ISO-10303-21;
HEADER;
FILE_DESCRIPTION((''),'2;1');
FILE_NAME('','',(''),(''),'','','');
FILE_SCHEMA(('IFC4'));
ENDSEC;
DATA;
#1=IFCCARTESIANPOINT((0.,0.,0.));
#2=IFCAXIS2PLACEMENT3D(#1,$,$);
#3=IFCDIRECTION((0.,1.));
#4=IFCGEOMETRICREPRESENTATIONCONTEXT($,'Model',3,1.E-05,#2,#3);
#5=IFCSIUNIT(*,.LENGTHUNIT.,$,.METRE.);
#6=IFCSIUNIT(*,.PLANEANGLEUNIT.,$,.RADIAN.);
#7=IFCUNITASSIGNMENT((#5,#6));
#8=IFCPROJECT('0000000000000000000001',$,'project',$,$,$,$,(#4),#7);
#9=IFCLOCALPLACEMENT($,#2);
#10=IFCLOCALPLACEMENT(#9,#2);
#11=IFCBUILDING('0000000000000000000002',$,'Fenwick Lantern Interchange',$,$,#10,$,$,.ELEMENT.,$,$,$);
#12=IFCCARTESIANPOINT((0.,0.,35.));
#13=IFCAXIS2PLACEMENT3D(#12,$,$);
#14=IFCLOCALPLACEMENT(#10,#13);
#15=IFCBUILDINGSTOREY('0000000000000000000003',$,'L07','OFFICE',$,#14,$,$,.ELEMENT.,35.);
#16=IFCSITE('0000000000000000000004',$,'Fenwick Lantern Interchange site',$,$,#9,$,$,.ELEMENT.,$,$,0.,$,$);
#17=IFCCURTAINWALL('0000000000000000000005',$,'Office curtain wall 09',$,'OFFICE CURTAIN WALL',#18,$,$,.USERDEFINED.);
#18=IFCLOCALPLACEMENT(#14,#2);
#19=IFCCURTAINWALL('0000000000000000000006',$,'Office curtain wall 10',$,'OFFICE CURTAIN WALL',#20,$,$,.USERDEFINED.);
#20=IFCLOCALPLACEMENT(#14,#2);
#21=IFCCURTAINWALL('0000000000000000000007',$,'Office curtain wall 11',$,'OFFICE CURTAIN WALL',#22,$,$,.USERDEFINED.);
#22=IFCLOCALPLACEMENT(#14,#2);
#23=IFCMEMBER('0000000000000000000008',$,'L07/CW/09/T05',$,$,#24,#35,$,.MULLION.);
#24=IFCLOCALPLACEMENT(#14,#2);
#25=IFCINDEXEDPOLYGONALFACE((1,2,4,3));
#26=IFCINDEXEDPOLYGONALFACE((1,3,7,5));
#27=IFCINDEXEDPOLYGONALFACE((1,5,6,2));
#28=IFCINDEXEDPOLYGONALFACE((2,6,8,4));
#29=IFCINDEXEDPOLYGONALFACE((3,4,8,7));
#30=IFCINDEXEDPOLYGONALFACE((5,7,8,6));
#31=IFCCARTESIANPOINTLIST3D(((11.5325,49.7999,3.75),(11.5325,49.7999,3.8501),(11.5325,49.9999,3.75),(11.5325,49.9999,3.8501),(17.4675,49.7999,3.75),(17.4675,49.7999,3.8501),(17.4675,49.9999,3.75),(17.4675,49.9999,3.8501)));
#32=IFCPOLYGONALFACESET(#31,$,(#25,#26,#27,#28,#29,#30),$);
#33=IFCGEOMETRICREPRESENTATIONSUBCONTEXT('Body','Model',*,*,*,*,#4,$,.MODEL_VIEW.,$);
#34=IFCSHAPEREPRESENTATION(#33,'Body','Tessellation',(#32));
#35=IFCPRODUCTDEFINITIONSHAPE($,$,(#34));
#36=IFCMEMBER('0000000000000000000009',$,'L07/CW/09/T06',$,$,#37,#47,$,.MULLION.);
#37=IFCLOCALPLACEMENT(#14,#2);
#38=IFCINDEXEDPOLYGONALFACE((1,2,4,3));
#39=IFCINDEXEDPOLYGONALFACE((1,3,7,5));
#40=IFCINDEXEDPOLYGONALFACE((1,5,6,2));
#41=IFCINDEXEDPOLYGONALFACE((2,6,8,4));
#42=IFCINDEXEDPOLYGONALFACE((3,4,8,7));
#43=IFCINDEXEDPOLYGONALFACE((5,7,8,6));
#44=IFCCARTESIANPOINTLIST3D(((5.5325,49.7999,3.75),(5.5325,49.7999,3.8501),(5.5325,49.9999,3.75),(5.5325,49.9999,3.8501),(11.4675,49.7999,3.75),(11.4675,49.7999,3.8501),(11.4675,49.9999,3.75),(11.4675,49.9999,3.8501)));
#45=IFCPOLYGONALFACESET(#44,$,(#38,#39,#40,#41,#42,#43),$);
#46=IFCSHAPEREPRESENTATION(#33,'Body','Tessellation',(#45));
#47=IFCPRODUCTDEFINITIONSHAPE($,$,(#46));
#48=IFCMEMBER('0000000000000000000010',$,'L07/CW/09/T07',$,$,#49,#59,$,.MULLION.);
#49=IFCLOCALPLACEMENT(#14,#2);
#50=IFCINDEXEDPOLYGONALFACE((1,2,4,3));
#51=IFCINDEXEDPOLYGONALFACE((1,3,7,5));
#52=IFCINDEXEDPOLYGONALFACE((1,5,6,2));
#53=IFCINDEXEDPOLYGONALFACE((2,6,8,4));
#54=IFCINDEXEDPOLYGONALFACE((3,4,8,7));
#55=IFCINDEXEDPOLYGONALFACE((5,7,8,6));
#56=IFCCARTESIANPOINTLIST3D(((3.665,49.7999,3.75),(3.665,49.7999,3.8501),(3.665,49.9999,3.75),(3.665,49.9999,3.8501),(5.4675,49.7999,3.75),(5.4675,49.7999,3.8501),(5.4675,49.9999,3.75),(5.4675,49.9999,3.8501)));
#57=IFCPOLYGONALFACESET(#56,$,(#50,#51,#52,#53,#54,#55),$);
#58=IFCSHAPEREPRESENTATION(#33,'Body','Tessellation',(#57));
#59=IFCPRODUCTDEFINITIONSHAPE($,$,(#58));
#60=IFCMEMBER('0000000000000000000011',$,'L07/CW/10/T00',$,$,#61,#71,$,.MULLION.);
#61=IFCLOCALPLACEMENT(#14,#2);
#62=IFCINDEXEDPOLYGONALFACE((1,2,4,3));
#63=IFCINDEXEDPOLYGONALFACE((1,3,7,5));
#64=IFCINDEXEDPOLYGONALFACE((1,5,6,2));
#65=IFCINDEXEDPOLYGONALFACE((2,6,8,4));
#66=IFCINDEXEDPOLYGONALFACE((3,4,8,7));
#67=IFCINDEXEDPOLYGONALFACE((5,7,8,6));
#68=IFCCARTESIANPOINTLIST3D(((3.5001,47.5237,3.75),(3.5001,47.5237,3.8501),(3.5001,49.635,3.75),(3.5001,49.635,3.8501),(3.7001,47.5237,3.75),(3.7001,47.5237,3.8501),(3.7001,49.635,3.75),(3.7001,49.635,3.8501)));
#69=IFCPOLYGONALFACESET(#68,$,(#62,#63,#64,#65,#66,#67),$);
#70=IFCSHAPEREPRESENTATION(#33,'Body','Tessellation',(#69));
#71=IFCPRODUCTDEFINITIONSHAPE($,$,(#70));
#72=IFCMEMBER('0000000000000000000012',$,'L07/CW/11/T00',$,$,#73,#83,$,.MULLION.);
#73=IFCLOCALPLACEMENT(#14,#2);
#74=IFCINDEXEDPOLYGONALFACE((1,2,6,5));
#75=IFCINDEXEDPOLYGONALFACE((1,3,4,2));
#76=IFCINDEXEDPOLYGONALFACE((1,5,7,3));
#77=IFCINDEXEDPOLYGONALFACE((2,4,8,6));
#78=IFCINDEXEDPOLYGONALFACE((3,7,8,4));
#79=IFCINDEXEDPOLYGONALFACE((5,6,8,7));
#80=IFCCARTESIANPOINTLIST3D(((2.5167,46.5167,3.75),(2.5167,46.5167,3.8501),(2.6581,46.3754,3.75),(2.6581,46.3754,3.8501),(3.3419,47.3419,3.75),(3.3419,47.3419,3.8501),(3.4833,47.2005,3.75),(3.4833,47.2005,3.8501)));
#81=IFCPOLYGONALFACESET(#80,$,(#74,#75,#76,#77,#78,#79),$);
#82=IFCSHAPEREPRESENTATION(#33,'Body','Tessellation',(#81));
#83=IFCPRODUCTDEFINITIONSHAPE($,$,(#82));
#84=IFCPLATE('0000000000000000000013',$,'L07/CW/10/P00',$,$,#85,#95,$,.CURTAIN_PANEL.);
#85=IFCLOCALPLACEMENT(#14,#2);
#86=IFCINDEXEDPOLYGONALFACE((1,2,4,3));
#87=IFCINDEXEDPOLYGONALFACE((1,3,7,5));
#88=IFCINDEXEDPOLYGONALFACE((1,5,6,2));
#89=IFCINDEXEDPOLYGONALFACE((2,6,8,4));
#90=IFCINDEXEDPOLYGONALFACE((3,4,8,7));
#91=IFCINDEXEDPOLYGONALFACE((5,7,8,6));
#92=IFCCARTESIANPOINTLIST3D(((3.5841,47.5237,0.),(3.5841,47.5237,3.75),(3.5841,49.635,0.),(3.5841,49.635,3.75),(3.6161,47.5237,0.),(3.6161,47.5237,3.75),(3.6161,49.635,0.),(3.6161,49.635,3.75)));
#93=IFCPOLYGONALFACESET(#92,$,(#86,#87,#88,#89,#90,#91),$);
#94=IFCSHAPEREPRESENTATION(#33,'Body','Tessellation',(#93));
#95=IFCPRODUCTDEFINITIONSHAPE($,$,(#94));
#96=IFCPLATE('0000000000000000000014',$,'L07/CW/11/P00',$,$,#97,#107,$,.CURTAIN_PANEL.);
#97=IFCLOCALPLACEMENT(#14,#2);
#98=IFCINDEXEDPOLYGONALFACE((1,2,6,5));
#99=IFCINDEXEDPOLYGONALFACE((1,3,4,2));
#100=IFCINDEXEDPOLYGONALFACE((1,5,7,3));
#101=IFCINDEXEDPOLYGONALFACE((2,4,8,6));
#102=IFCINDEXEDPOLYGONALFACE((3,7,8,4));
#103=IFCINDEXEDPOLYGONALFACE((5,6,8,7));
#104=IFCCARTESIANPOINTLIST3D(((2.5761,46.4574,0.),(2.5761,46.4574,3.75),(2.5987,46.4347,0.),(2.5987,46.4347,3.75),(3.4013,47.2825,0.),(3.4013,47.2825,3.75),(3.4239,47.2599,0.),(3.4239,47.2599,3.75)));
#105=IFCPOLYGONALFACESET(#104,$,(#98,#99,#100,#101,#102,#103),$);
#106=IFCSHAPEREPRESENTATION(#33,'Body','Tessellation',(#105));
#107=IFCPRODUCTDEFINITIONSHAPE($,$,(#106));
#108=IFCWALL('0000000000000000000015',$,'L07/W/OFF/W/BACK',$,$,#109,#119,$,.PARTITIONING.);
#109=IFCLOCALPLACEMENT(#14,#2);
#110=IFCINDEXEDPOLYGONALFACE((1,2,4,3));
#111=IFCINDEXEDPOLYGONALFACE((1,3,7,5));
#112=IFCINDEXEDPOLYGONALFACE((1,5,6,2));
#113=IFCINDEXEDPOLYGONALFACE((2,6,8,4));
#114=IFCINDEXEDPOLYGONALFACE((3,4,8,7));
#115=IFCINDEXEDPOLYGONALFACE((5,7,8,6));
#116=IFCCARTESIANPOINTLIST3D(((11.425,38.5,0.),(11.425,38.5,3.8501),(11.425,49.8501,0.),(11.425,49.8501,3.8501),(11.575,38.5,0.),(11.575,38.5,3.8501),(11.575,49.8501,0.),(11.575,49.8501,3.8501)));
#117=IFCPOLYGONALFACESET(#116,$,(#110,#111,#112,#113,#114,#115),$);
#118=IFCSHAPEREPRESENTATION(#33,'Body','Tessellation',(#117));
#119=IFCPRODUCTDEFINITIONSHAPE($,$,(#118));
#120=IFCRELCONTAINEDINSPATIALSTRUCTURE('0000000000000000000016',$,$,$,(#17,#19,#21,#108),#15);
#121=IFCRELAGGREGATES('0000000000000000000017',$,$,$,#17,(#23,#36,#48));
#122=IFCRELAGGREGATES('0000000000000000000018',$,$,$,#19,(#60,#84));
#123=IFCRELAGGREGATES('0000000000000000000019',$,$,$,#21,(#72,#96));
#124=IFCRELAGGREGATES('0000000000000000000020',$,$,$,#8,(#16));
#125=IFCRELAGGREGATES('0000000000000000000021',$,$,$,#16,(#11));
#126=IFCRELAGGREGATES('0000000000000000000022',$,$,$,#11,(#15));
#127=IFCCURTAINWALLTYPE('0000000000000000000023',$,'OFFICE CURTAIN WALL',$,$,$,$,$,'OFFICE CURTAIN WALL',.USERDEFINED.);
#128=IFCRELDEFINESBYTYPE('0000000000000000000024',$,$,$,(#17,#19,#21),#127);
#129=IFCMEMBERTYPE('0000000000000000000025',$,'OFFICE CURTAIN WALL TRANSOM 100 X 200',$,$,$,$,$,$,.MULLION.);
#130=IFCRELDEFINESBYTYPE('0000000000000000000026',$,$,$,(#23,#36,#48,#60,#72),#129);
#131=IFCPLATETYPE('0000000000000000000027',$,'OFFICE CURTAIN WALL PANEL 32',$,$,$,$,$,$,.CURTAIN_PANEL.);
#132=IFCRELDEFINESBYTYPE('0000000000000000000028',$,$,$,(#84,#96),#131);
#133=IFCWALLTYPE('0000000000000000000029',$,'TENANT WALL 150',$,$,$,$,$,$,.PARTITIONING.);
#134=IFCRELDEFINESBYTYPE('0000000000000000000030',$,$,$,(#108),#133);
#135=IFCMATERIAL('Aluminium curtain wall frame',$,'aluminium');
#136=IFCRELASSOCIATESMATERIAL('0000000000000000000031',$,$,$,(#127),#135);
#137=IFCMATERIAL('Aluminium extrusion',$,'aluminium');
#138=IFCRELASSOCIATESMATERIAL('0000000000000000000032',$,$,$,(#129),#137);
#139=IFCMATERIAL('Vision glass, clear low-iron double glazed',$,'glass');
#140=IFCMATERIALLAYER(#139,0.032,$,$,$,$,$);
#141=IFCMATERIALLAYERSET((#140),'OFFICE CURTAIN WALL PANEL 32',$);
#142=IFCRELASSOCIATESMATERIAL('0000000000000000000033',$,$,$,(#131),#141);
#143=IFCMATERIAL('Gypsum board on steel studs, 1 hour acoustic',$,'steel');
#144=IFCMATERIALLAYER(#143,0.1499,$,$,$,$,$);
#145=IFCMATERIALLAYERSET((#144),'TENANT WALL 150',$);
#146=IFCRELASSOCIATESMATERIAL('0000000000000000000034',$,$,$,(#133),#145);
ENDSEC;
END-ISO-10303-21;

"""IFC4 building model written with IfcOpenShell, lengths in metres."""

from ifc_helpers import new_model, si_unit, direction, frame, frame_2d, origin, origin_2d, place, context, subcontext, project, spatial, rectangle, extrude, material, layer, layer_set, material_profile, profile_set, type_object, element, aggregate, save


model = new_model("IFC4")

# Units and contexts
model_context = context("Model", 3, precision=1e-05, world=origin(), true_north=direction((0.0, 1.0)))
body_context = subcontext(model_context, "Body", "Model", "MODEL_VIEW")
ifc_project = project(units=[si_unit("LENGTHUNIT", "METRE"), si_unit("PLANEANGLEUNIT", "RADIAN")], contexts=[model_context])

# Site, building, storey
site_placement = place(None, origin())
site = spatial("IfcSite", under=ifc_project, at=site_placement, Name="Fenwick Lantern Interchange site", CompositionType="ELEMENT", RefElevation=0.0)
building_placement = place(site_placement, origin())
building = spatial("IfcBuilding", under=site, at=building_placement, Name="Fenwick Lantern Interchange", CompositionType="ELEMENT")
storey_placement = place(building_placement, frame((0.0, 0.0, 35.0)))
storey = spatial("IfcBuildingStorey", under=building, at=storey_placement, Name="L07", Description="OFFICE", CompositionType="ELEMENT", Elevation=35.0)

# Curtain walls
ifc_material_1 = material(Name="Aluminium curtain wall frame", Category="aluminium")
curtain_wall_type = type_object("IfcCurtainWallType", Name="OFFICE CURTAIN WALL", ElementType="OFFICE CURTAIN WALL", PredefinedType="USERDEFINED", material=ifc_material_1)
curtain_wall_1_placement = place(storey_placement, origin())
curtain_wall_1 = element("IfcCurtainWall", 1, at=curtain_wall_1_placement, inside=storey, type_object=curtain_wall_type, Name="Office curtain wall 09", ObjectType="OFFICE CURTAIN WALL", PredefinedType="USERDEFINED")
ifc_material_2 = material(Name="Aluminium extrusion", Category="aluminium")
curtain_wall_2_placement = place(storey_placement, origin())
curtain_wall_2 = element("IfcCurtainWall", 2, at=curtain_wall_2_placement, inside=storey, type_object=curtain_wall_type, Name="Office curtain wall 10", ObjectType="OFFICE CURTAIN WALL", PredefinedType="USERDEFINED")

# Curtain wall
curtain_wall_3_placement = place(storey_placement, origin())
curtain_wall_3 = element("IfcCurtainWall", 3, at=curtain_wall_3_placement, inside=storey, type_object=curtain_wall_type, Name="Office curtain wall 11", ObjectType="OFFICE CURTAIN WALL", PredefinedType="USERDEFINED")

# Members
ifc_material_profile_1 = material_profile(ifc_material_2, rectangle(XDim=0.2, YDim=0.1001, at=origin_2d()), Name="OFFICE CURTAIN WALL TRANSOM 100 X 200")
ifc_profile_set_1 = profile_set([ifc_material_profile_1], Name="Aluminium extrusion")
member_type_1 = type_object("IfcMemberType", Name="OFFICE CURTAIN WALL TRANSOM 100 X 200", PredefinedType="MULLION", material=ifc_profile_set_1)
member_1_placement = place(storey_placement, frame((17.4675, 49.8999, 3.8), z_axis=(-1.0, 0.0, 0.0), x_axis=(0.0, -1.0, 0.0)))
member_1 = element("IfcMember", 4, at=member_1_placement, type_object=member_type_1, Name="L07/CW/09/T05", PredefinedType="MULLION", context=body_context, shape_type="SweptSolid", body=[
    extrude(rectangle(XDim=0.2, YDim=0.1001, at=origin_2d()), origin(), (0.0, 0.0, 1.0), 5.9351),
])
member_2_placement = place(storey_placement, frame((11.4675, 49.8999, 3.8), z_axis=(-1.0, 0.0, 0.0), x_axis=(0.0, -1.0, 0.0)))
member_2 = element("IfcMember", 5, at=member_2_placement, type_object=member_type_1, Name="L07/CW/09/T06", PredefinedType="MULLION", context=body_context, shape_type="SweptSolid", body=[
    extrude(rectangle(XDim=0.2, YDim=0.1001, at=origin_2d()), origin(), (0.0, 0.0, 1.0), 5.9351),
])
member_3_placement = place(storey_placement, frame((5.4675, 49.8999, 3.8), z_axis=(-1.0, 0.0, 0.0), x_axis=(0.0, -1.0, 0.0)))
member_3 = element("IfcMember", 6, at=member_3_placement, type_object=member_type_1, Name="L07/CW/09/T07", PredefinedType="MULLION", context=body_context, shape_type="SweptSolid", body=[
    extrude(rectangle(XDim=0.2, YDim=0.1001, at=origin_2d()), origin(), (0.0, 0.0, 1.0), 1.8025),
])
aggregate(curtain_wall_1, [member_1, member_2, member_3])
member_4_placement = place(storey_placement, frame((3.6001, 49.635, 3.8), z_axis=(0.0, -1.0, 0.0), x_axis=(1.0, 0.0, 0.0)))
member_4 = element("IfcMember", 7, at=member_4_placement, type_object=member_type_1, Name="L07/CW/10/T00", PredefinedType="MULLION", context=body_context, shape_type="SweptSolid", body=[
    extrude(rectangle(XDim=0.2, YDim=0.1001, at=origin_2d()), origin(), (0.0, 0.0, 1.0), 2.1113),
])
member_5_placement = place(storey_placement, frame((3.4126, 47.2712, 3.8), z_axis=(-0.707107, -0.707107, 0.0), x_axis=(0.707107, -0.707107, 0.0)))
member_5 = element("IfcMember", 8, at=member_5_placement, type_object=member_type_1, Name="L07/CW/11/T00", PredefinedType="MULLION", context=body_context, shape_type="SweptSolid", body=[
    extrude(rectangle(XDim=0.2, YDim=0.1001, at=origin_2d()), origin(), (0.0, 0.0, 1.0), 1.167),
])

# Plates
ifc_material_3 = material(Name="Vision glass, clear low-iron double glazed", Category="glass")
ifc_layer_1 = layer(ifc_material_3, 0.032)
ifc_layer_set_1 = layer_set([ifc_layer_1], Name="OFFICE CURTAIN WALL PANEL 32")
plate_type = type_object("IfcPlateType", Name="OFFICE CURTAIN WALL PANEL 32", PredefinedType="CURTAIN_PANEL", material=ifc_layer_set_1)
plate_1_placement = place(storey_placement, frame((3.6001, 48.5793, 0.0), z_axis=(0.0, 0.0, 1.0), x_axis=(0.0, -1.0, 0.0)))
plate_1 = element("IfcPlate", 9, at=plate_1_placement, type_object=plate_type, Name="L07/CW/10/P00", PredefinedType="CURTAIN_PANEL", context=body_context, shape_type="SweptSolid", body=[
    extrude(rectangle(XDim=2.1113, YDim=0.032, at=origin_2d()), origin(), (0.0, 0.0, 1.0), 3.75),
])
aggregate(curtain_wall_2, [member_4, plate_1])
plate_2_placement = place(storey_placement, frame((3.0, 46.8586, 0.0), z_axis=(0.0, 0.0, 1.0), x_axis=(-0.707107, -0.707107, 0.0)))
plate_2 = element("IfcPlate", 10, at=plate_2_placement, type_object=plate_type, Name="L07/CW/11/P00", PredefinedType="CURTAIN_PANEL", context=body_context, shape_type="SweptSolid", body=[
    extrude(rectangle(XDim=1.167, YDim=0.032, at=origin_2d()), origin(), (0.0, 0.0, 1.0), 3.75),
])
aggregate(curtain_wall_3, [member_5, plate_2])

# Wall
ifc_material_4 = material(Name="Gypsum board on steel studs, 1 hour acoustic", Category="steel")
ifc_layer_2 = layer(ifc_material_4, 0.1499)
ifc_layer_set_2 = layer_set([ifc_layer_2], Name="TENANT WALL 150")
wall_type = type_object("IfcWallType", Name="TENANT WALL 150", PredefinedType="PARTITIONING", material=ifc_layer_set_2)
wall_placement = place(storey_placement, frame((11.5, 49.8501, 0.0), z_axis=(0.0, 0.0, 1.0), x_axis=(0.0, -1.0, 0.0)))
element("IfcWall", 11, at=wall_placement, inside=storey, type_object=wall_type, Name="L07/W/OFF/W/BACK", PredefinedType="PARTITIONING", context=body_context, shape_type="SweptSolid", body=[
    extrude(rectangle(XDim=11.3501, YDim=0.1499, at=frame_2d((5.675, 0.0))), origin(), (0.0, 0.0, 1.0), 3.8501),
])

save(model, "model.ifc")
